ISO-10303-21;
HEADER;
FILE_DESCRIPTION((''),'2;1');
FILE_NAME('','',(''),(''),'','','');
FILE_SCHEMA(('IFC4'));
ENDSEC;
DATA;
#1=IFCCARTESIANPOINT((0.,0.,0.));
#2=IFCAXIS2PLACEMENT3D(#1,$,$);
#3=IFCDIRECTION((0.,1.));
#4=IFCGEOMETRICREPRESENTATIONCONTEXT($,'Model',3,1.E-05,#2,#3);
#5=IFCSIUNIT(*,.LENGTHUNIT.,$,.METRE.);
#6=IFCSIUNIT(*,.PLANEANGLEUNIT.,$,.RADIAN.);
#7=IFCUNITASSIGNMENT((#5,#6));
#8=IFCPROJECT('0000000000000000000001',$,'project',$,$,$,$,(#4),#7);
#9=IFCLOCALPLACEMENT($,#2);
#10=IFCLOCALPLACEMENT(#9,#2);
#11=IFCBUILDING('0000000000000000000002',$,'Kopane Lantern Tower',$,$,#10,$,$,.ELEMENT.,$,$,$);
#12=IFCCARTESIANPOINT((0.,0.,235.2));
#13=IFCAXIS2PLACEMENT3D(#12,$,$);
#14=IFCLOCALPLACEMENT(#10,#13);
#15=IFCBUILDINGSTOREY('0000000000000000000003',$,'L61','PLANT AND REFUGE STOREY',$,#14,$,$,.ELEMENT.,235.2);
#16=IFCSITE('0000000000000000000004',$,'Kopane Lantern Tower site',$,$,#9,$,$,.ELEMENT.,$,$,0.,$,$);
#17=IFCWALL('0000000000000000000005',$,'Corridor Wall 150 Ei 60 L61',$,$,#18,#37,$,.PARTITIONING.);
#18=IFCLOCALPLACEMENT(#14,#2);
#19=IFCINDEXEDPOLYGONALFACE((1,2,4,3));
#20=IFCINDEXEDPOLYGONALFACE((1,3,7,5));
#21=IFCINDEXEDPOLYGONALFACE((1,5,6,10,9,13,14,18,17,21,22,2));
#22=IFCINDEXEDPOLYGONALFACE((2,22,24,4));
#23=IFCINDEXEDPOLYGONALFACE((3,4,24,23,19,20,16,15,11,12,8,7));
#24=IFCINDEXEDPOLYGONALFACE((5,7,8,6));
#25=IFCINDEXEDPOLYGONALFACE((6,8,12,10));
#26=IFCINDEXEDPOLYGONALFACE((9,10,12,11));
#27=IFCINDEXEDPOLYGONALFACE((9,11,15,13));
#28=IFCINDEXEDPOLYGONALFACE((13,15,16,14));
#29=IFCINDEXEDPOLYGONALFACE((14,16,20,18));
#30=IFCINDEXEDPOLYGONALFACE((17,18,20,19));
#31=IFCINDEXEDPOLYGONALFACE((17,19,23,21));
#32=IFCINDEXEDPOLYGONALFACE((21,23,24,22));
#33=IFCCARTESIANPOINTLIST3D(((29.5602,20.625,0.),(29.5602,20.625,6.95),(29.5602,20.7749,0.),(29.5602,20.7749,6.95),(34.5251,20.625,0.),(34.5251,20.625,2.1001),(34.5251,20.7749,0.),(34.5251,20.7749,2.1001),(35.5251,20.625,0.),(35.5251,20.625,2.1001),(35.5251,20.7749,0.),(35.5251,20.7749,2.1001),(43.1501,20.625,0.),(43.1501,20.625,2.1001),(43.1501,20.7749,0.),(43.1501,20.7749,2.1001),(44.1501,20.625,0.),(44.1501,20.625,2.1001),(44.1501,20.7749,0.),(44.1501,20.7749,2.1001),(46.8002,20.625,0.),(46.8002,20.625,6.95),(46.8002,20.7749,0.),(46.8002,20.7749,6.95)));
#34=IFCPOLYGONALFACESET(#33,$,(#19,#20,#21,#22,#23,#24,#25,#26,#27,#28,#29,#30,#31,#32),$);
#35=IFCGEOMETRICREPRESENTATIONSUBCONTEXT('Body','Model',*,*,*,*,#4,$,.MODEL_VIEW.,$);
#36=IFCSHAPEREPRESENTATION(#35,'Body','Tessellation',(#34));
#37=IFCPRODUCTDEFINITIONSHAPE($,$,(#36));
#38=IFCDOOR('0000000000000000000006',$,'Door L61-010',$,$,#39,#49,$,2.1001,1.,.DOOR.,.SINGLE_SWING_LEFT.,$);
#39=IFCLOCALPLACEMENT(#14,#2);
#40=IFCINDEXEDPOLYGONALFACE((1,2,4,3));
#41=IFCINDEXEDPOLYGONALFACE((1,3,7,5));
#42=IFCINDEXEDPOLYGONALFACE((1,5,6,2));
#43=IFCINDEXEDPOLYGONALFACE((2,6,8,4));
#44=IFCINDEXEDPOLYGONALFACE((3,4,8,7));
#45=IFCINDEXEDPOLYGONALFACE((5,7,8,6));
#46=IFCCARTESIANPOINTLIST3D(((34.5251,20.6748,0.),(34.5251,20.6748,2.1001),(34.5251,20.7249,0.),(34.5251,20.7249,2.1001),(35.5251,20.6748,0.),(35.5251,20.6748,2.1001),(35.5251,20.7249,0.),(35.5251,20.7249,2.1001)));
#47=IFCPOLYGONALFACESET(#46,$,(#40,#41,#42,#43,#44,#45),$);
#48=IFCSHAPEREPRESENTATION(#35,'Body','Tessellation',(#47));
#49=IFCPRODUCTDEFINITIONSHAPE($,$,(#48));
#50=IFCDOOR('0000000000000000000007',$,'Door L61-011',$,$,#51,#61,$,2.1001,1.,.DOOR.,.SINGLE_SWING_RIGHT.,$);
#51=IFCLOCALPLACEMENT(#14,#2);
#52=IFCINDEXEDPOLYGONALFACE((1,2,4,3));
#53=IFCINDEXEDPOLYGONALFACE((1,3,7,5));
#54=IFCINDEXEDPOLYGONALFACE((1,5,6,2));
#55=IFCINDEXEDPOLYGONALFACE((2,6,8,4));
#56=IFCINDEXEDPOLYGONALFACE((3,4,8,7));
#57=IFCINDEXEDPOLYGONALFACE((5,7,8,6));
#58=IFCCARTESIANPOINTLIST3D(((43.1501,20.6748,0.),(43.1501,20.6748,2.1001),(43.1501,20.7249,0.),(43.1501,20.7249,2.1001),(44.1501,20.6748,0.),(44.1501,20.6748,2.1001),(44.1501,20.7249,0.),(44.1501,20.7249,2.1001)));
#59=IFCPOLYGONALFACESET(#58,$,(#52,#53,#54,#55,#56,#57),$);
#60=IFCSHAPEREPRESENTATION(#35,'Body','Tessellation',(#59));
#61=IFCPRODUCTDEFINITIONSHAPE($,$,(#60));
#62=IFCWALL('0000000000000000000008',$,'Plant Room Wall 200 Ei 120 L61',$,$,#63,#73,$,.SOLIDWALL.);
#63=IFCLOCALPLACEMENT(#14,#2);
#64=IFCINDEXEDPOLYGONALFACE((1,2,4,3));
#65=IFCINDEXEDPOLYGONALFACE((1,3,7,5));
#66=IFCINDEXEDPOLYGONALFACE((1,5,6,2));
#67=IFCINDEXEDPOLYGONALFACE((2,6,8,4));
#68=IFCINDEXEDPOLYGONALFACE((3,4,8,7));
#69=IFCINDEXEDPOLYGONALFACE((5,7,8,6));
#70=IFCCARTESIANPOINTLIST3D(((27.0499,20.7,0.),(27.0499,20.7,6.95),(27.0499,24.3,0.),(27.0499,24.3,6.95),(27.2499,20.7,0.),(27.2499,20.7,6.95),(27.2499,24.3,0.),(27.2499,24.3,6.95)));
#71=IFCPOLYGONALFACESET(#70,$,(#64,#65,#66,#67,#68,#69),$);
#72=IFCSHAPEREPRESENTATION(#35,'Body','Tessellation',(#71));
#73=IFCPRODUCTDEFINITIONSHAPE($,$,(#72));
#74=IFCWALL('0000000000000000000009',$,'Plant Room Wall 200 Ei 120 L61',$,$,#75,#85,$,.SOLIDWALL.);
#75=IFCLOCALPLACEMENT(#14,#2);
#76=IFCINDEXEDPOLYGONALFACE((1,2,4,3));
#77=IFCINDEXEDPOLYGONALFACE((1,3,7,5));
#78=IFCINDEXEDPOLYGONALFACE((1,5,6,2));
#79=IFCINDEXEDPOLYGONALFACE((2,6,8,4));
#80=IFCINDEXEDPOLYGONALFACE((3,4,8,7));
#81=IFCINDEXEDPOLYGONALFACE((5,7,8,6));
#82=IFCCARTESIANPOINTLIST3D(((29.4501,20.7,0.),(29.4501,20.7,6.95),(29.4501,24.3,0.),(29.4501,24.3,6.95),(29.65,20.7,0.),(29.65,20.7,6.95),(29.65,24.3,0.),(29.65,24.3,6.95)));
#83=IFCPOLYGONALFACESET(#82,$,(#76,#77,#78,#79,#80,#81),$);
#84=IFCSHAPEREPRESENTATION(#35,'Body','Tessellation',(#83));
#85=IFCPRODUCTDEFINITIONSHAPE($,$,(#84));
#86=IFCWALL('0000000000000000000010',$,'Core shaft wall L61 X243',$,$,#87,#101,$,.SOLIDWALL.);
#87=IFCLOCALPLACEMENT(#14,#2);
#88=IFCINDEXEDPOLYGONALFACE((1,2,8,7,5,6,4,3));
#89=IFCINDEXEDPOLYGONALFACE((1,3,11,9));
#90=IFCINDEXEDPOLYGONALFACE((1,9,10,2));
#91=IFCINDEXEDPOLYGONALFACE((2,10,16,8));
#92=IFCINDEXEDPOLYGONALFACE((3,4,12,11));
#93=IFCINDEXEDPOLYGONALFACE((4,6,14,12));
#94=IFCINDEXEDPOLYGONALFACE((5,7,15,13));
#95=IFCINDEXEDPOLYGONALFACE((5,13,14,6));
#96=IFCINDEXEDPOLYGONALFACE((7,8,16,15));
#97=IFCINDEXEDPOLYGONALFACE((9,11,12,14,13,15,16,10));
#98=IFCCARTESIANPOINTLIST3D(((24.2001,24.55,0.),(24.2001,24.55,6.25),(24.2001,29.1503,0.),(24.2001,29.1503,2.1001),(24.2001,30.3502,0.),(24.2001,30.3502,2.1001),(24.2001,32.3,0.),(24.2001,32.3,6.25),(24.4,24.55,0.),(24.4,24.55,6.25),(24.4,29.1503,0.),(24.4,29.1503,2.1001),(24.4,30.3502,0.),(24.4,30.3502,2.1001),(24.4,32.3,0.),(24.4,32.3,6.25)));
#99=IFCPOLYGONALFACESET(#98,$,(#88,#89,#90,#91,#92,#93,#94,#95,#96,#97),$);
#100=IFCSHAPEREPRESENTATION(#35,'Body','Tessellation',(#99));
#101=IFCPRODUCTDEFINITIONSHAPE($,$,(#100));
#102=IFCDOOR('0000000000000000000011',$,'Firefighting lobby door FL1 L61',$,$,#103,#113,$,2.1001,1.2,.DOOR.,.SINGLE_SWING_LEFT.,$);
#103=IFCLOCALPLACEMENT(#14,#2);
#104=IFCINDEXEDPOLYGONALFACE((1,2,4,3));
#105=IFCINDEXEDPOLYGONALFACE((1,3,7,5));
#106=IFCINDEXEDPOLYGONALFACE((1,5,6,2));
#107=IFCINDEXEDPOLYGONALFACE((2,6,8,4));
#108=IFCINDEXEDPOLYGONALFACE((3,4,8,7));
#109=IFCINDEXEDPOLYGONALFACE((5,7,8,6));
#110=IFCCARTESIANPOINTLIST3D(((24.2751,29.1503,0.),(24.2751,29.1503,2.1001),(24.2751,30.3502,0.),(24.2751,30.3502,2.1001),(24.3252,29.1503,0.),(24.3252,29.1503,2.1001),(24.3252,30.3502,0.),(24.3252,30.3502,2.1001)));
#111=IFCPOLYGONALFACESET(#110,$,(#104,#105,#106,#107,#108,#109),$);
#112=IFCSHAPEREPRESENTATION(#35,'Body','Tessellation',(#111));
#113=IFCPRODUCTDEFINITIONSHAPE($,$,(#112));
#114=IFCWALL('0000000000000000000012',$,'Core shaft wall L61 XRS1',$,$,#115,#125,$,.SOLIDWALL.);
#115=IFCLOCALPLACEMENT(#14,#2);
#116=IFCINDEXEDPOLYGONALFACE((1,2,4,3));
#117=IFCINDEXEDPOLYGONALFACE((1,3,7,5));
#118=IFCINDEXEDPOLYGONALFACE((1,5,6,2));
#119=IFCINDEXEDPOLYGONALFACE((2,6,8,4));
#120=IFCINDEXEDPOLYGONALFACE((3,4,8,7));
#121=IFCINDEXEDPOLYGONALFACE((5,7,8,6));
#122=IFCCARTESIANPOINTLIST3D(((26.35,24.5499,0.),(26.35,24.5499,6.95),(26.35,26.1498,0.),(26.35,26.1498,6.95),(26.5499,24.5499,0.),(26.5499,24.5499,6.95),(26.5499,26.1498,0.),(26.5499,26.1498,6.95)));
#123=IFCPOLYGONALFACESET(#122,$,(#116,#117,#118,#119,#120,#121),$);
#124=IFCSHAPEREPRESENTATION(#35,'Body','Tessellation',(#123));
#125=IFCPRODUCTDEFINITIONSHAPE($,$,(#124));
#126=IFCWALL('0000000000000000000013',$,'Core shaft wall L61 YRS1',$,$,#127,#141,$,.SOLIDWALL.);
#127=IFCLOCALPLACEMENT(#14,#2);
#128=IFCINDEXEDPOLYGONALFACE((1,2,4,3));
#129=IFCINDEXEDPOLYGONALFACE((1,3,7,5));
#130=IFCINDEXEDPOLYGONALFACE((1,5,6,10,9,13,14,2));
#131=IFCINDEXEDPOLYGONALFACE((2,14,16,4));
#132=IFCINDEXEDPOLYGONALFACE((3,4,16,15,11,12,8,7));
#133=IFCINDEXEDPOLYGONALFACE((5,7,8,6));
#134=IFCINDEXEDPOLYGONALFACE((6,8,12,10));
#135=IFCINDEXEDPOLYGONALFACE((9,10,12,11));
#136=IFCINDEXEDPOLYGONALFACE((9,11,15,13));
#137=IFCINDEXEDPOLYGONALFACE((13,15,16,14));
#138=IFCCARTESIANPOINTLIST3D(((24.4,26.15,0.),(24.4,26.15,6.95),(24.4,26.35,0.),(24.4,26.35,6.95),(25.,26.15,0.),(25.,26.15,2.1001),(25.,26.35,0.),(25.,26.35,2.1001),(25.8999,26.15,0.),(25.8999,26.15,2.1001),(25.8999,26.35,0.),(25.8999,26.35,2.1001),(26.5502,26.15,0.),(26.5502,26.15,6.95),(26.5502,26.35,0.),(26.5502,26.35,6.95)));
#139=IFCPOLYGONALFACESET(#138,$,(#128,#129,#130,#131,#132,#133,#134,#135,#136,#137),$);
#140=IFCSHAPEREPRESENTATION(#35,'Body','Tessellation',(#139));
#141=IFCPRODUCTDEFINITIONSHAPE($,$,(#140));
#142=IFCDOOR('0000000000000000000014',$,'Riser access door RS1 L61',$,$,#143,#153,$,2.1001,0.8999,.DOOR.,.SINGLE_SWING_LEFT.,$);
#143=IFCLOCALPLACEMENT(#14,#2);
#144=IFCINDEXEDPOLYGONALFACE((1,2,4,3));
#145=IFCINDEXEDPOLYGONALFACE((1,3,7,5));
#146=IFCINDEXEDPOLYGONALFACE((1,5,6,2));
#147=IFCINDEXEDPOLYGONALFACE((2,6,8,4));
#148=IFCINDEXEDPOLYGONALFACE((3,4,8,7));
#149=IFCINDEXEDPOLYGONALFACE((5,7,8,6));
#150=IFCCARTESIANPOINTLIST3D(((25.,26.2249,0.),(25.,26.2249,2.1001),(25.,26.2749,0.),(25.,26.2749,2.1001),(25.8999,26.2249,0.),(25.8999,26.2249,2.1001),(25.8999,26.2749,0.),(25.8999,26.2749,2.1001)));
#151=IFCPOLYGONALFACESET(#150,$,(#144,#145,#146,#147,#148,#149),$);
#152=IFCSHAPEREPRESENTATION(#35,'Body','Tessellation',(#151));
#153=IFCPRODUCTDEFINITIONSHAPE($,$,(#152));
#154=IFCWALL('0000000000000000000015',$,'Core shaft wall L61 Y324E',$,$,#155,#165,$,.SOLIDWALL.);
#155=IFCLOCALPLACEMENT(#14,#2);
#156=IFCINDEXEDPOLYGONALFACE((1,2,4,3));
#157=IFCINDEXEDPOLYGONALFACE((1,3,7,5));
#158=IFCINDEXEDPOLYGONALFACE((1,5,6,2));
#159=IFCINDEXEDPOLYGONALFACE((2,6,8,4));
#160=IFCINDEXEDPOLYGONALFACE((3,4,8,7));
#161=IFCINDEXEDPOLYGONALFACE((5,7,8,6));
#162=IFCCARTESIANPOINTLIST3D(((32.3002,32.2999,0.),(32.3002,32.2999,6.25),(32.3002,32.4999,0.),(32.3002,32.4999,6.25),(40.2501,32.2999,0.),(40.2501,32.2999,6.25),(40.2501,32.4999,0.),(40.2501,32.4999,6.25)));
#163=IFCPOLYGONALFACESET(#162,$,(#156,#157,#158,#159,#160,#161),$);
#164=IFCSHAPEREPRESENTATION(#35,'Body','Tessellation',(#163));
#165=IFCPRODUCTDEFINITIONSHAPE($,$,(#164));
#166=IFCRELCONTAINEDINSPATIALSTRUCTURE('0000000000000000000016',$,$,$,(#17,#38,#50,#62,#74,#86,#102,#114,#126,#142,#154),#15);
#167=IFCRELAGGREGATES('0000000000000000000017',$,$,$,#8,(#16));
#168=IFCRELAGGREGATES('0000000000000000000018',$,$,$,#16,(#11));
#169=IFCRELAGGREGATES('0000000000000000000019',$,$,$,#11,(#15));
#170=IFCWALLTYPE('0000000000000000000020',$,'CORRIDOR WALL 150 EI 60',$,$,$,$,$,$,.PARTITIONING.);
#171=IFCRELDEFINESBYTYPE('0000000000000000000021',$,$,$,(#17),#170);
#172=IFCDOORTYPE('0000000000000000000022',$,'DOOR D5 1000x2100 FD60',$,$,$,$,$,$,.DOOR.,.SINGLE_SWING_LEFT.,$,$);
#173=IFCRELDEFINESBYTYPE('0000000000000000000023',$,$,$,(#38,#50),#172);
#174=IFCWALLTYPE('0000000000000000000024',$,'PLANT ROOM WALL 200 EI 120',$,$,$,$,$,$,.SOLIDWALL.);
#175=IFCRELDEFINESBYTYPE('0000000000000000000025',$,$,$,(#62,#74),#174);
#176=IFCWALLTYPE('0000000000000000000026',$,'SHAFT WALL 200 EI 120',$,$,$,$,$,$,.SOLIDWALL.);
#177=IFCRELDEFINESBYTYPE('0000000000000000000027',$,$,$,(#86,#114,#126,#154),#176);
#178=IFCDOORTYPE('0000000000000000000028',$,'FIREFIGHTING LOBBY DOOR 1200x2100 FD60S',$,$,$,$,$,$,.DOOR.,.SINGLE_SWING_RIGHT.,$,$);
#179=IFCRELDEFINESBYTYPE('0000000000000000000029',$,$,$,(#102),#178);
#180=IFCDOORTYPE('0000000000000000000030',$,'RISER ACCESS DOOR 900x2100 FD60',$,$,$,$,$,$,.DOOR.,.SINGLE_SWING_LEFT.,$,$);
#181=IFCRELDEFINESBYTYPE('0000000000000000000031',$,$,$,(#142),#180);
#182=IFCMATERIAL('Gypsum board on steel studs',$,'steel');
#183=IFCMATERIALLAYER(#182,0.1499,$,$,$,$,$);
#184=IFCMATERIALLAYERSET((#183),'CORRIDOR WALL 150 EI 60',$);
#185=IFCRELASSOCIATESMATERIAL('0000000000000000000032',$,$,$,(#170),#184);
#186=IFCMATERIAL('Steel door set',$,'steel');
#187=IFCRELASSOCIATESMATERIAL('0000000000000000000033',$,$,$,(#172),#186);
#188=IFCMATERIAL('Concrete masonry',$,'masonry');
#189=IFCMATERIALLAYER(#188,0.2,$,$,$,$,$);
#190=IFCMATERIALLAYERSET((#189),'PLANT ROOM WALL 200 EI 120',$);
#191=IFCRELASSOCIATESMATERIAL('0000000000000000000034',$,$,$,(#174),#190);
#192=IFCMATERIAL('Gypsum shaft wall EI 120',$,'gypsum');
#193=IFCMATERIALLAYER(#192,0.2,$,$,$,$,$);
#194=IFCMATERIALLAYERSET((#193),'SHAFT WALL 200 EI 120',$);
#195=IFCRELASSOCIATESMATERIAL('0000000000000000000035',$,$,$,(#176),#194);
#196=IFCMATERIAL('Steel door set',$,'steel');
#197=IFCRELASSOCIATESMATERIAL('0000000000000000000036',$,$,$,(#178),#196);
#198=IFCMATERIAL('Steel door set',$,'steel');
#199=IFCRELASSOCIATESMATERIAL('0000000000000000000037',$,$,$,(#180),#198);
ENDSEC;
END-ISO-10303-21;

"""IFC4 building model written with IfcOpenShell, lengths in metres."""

from ifc_helpers import new_model, si_unit, direction, frame, frame_2d, origin, place, context, subcontext, project, spatial, rectangle, extrude, material, layer, layer_set, type_object, element, fill, save


model = new_model("IFC4")

# Units and contexts
model_context = context("Model", 3, precision=1e-05, world=origin(), true_north=direction((0.0, 1.0)))
body_context = subcontext(model_context, "Body", "Model", "MODEL_VIEW")
ifc_project = project(units=[si_unit("LENGTHUNIT", "METRE"), si_unit("PLANEANGLEUNIT", "RADIAN")], contexts=[model_context])

# Site, building, storey
site_placement = place(None, origin())
site = spatial("IfcSite", under=ifc_project, at=site_placement, Name="Kopane Lantern Tower site", CompositionType="ELEMENT", RefElevation=0.0)
building_placement = place(site_placement, origin())
building = spatial("IfcBuilding", under=site, at=building_placement, Name="Kopane Lantern Tower", CompositionType="ELEMENT")
storey_placement = place(building_placement, frame((0.0, 0.0, 235.2)))
storey = spatial("IfcBuildingStorey", under=building, at=storey_placement, Name="L61", Description="PLANT AND REFUGE STOREY", CompositionType="ELEMENT", Elevation=235.2)

# Wall, openings, doors
ifc_material_1 = material(Name="Gypsum board on steel studs", Category="steel")
ifc_layer_1 = layer(ifc_material_1, 0.1499)
ifc_layer_set_1 = layer_set([ifc_layer_1], Name="CORRIDOR WALL 150 EI 60")
wall_type_1 = type_object("IfcWallType", Name="CORRIDOR WALL 150 EI 60", PredefinedType="PARTITIONING", material=ifc_layer_set_1)
wall_1_placement = place(storey_placement, frame((29.5601, 20.7, 0.0), z_axis=(0.0, 0.0, 1.0), x_axis=(1.0, 0.0, 0.0)))
wall_1 = element("IfcWall", 1, at=wall_1_placement, inside=storey, type_object=wall_type_1, Name="Corridor Wall 150 Ei 60 L61", PredefinedType="PARTITIONING", context=body_context, shape_type="SweptSolid", body=[
    extrude(rectangle(XDim=17.24, YDim=0.1499, at=frame_2d((8.6201, 0.0))), origin(), (0.0, 0.0, 1.0), 6.95),
])
opening_1_placement = place(wall_1_placement, frame((4.9651, 0.0, 0.0)))
opening_1 = element("IfcOpeningElement", 2, at=opening_1_placement, cuts=wall_1, PredefinedType="OPENING", context=body_context, shape_type="SweptSolid", body=[
    extrude(rectangle(XDim=1.0, YDim=2.1001, at=frame_2d((0.5, 1.05))), frame((0.0, 0.085, 0.0), z_axis=(0.0, -1.0, 0.0), x_axis=(1.0, 0.0, 0.0)), (0.0, 0.0, 1.0), 0.1699),
])
opening_2_placement = place(wall_1_placement, frame((13.5901, 0.0, 0.0)))
opening_2 = element("IfcOpeningElement", 3, at=opening_2_placement, cuts=wall_1, PredefinedType="OPENING", context=body_context, shape_type="SweptSolid", body=[
    extrude(rectangle(XDim=1.0, YDim=2.1001, at=frame_2d((0.5, 1.05))), frame((0.0, 0.085, 0.0), z_axis=(0.0, -1.0, 0.0), x_axis=(1.0, 0.0, 0.0)), (0.0, 0.0, 1.0), 0.1699),
])
ifc_material_2 = material(Name="Steel door set", Category="steel")
door_type_1 = type_object("IfcDoorType", Name="DOOR D5 1000x2100 FD60", OperationType="SINGLE_SWING_LEFT", PredefinedType="DOOR", material=ifc_material_2)
door_1_placement = place(opening_1_placement, origin())
door_1 = element("IfcDoor", 4, at=door_1_placement, inside=storey, type_object=door_type_1, Name="Door L61-010", OperationType="SINGLE_SWING_LEFT", OverallHeight=2.1001, OverallWidth=1.0, PredefinedType="DOOR", context=body_context, shape_type="SweptSolid", body=[
    extrude(rectangle(XDim=1.0, YDim=2.1001, at=frame_2d((0.5, 1.05))), frame((0.0, 0.0249, 0.0), z_axis=(0.0, -1.0, 0.0), x_axis=(1.0, 0.0, 0.0)), (0.0, 0.0, 1.0), 0.05),
])
fill(opening_1, door_1)
door_2_placement = place(opening_2_placement, origin())
door_2 = element("IfcDoor", 5, at=door_2_placement, inside=storey, type_object=door_type_1, Name="Door L61-011", OperationType="SINGLE_SWING_RIGHT", OverallHeight=2.1001, OverallWidth=1.0, PredefinedType="DOOR", context=body_context, shape_type="SweptSolid", body=[
    extrude(rectangle(XDim=1.0, YDim=2.1001, at=frame_2d((0.5, 1.05))), frame((0.0, 0.0249, 0.0), z_axis=(0.0, -1.0, 0.0), x_axis=(1.0, 0.0, 0.0)), (0.0, 0.0, 1.0), 0.05),
])
fill(opening_2, door_2)

# Walls
ifc_material_3 = material(Name="Concrete masonry", Category="masonry")
ifc_layer_2 = layer(ifc_material_3, 0.2)
ifc_layer_set_2 = layer_set([ifc_layer_2], Name="PLANT ROOM WALL 200 EI 120")
wall_type_2 = type_object("IfcWallType", Name="PLANT ROOM WALL 200 EI 120", PredefinedType="SOLIDWALL", material=ifc_layer_set_2)
for number, where, z_axis, x_axis, name in (
    (6, (27.1499, 20.7, 0.0), (0.0, 0.0, 1.0), (0.0, 1.0, 0.0), "Plant Room Wall 200 Ei 120 L61"),
    (7, (29.55, 20.7, 0.0), (0.0, 0.0, 1.0), (0.0, 1.0, 0.0), "Plant Room Wall 200 Ei 120 L61"),
):
    element("IfcWall", number, at=place(storey_placement, frame(where, z_axis=z_axis, x_axis=x_axis)), inside=storey, type_object=wall_type_2, Name=name, PredefinedType="SOLIDWALL", context=body_context, shape_type="SweptSolid", body=[
        extrude(rectangle(XDim=3.6001, YDim=0.2, at=frame_2d((1.8, 0.0))), origin(), (0.0, 0.0, 1.0), 6.95),
    ])

# Wall, opening, door
ifc_material_4 = material(Name="Gypsum shaft wall EI 120", Category="gypsum")
ifc_layer_3 = layer(ifc_material_4, 0.2)
ifc_layer_set_3 = layer_set([ifc_layer_3], Name="SHAFT WALL 200 EI 120")
wall_type_3 = type_object("IfcWallType", Name="SHAFT WALL 200 EI 120", PredefinedType="SOLIDWALL", material=ifc_layer_set_3)
wall_2_placement = place(storey_placement, frame((24.3, 24.55, 0.0), z_axis=(0.0, 0.0, 1.0), x_axis=(0.0, 1.0, 0.0)))
wall_2 = element("IfcWall", 8, at=wall_2_placement, inside=storey, type_object=wall_type_3, Name="Core shaft wall L61 X243", PredefinedType="SOLIDWALL", context=body_context, shape_type="SweptSolid", body=[
    extrude(rectangle(XDim=7.75, YDim=0.2, at=frame_2d((3.875, 0.0))), origin(), (0.0, 0.0, 1.0), 6.25),
])
opening_3_placement = place(wall_2_placement, frame((4.6001, 0.0, 0.0)))
opening_3 = element("IfcOpeningElement", 9, at=opening_3_placement, cuts=wall_2, PredefinedType="OPENING", context=body_context, shape_type="SweptSolid", body=[
    extrude(rectangle(XDim=1.2, YDim=2.1001, at=frame_2d((0.6001, 1.05))), frame((0.0, 0.1099, 0.0), z_axis=(0.0, -1.0, 0.0), x_axis=(1.0, 0.0, 0.0)), (0.0, 0.0, 1.0), 0.22),
])
ifc_material_5 = material(Name="Steel door set", Category="steel")
door_type_2 = type_object("IfcDoorType", Name="FIREFIGHTING LOBBY DOOR 1200x2100 FD60S", OperationType="SINGLE_SWING_RIGHT", PredefinedType="DOOR", material=ifc_material_5)
door_3_placement = place(opening_3_placement, origin())
door_3 = element("IfcDoor", 10, at=door_3_placement, inside=storey, type_object=door_type_2, Name="Firefighting lobby door FL1 L61", OperationType="SINGLE_SWING_LEFT", OverallHeight=2.1001, OverallWidth=1.2, PredefinedType="DOOR", context=body_context, shape_type="SweptSolid", body=[
    extrude(rectangle(XDim=1.2, YDim=2.1001, at=frame_2d((0.6001, 1.05))), frame((0.0, 0.0249, 0.0), z_axis=(0.0, -1.0, 0.0), x_axis=(1.0, 0.0, 0.0)), (0.0, 0.0, 1.0), 0.05),
])
fill(opening_3, door_3)

# Wall
wall_3_placement = place(storey_placement, frame((26.45, 24.55, 0.0), z_axis=(0.0, 0.0, 1.0), x_axis=(0.0, 1.0, 0.0)))
element("IfcWall", 11, at=wall_3_placement, inside=storey, type_object=wall_type_3, Name="Core shaft wall L61 XRS1", PredefinedType="SOLIDWALL", context=body_context, shape_type="SweptSolid", body=[
    extrude(rectangle(XDim=1.5999, YDim=0.2, at=frame_2d((0.7998, 0.0))), origin(), (0.0, 0.0, 1.0), 6.95),
])

# Wall, opening, door
wall_4_placement = place(storey_placement, frame((24.3999, 26.25, 0.0), z_axis=(0.0, 0.0, 1.0), x_axis=(1.0, 0.0, 0.0)))
wall_4 = element("IfcWall", 12, at=wall_4_placement, inside=storey, type_object=wall_type_3, Name="Core shaft wall L61 YRS1", PredefinedType="SOLIDWALL", context=body_context, shape_type="SweptSolid", body=[
    extrude(rectangle(XDim=2.1501, YDim=0.2, at=frame_2d((1.0752, 0.0))), origin(), (0.0, 0.0, 1.0), 6.95),
])
opening_4_placement = place(wall_4_placement, frame((0.6001, 0.0, 0.0)))
opening_4 = element("IfcOpeningElement", 13, at=opening_4_placement, cuts=wall_4, PredefinedType="OPENING", context=body_context, shape_type="SweptSolid", body=[
    extrude(rectangle(XDim=0.8999, YDim=2.1001, at=frame_2d((0.45, 1.05))), frame((0.0, 0.1099, 0.0), z_axis=(0.0, -1.0, 0.0), x_axis=(1.0, 0.0, 0.0)), (0.0, 0.0, 1.0), 0.22),
])
ifc_material_6 = material(Name="Steel door set", Category="steel")
door_type_3 = type_object("IfcDoorType", Name="RISER ACCESS DOOR 900x2100 FD60", OperationType="SINGLE_SWING_LEFT", PredefinedType="DOOR", material=ifc_material_6)
door_4_placement = place(opening_4_placement, origin())
door_4 = element("IfcDoor", 14, at=door_4_placement, inside=storey, type_object=door_type_3, Name="Riser access door RS1 L61", OperationType="SINGLE_SWING_LEFT", OverallHeight=2.1001, OverallWidth=0.8999, PredefinedType="DOOR", context=body_context, shape_type="SweptSolid", body=[
    extrude(rectangle(XDim=0.8999, YDim=2.1001, at=frame_2d((0.45, 1.05))), frame((0.0, 0.0249, 0.0), z_axis=(0.0, -1.0, 0.0), x_axis=(1.0, 0.0, 0.0)), (0.0, 0.0, 1.0), 0.05),
])
fill(opening_4, door_4)

# Wall
wall_5_placement = place(storey_placement, frame((32.3, 32.3999, 0.0), z_axis=(0.0, 0.0, 1.0), x_axis=(1.0, 0.0, 0.0)))
element("IfcWall", 15, at=wall_5_placement, inside=storey, type_object=wall_type_3, Name="Core shaft wall L61 Y324E", PredefinedType="SOLIDWALL", context=body_context, shape_type="SweptSolid", body=[
    extrude(rectangle(XDim=7.95, YDim=0.2, at=frame_2d((3.9751, 0.0))), origin(), (0.0, 0.0, 1.0), 6.25),
])

save(model, "model.ifc")
